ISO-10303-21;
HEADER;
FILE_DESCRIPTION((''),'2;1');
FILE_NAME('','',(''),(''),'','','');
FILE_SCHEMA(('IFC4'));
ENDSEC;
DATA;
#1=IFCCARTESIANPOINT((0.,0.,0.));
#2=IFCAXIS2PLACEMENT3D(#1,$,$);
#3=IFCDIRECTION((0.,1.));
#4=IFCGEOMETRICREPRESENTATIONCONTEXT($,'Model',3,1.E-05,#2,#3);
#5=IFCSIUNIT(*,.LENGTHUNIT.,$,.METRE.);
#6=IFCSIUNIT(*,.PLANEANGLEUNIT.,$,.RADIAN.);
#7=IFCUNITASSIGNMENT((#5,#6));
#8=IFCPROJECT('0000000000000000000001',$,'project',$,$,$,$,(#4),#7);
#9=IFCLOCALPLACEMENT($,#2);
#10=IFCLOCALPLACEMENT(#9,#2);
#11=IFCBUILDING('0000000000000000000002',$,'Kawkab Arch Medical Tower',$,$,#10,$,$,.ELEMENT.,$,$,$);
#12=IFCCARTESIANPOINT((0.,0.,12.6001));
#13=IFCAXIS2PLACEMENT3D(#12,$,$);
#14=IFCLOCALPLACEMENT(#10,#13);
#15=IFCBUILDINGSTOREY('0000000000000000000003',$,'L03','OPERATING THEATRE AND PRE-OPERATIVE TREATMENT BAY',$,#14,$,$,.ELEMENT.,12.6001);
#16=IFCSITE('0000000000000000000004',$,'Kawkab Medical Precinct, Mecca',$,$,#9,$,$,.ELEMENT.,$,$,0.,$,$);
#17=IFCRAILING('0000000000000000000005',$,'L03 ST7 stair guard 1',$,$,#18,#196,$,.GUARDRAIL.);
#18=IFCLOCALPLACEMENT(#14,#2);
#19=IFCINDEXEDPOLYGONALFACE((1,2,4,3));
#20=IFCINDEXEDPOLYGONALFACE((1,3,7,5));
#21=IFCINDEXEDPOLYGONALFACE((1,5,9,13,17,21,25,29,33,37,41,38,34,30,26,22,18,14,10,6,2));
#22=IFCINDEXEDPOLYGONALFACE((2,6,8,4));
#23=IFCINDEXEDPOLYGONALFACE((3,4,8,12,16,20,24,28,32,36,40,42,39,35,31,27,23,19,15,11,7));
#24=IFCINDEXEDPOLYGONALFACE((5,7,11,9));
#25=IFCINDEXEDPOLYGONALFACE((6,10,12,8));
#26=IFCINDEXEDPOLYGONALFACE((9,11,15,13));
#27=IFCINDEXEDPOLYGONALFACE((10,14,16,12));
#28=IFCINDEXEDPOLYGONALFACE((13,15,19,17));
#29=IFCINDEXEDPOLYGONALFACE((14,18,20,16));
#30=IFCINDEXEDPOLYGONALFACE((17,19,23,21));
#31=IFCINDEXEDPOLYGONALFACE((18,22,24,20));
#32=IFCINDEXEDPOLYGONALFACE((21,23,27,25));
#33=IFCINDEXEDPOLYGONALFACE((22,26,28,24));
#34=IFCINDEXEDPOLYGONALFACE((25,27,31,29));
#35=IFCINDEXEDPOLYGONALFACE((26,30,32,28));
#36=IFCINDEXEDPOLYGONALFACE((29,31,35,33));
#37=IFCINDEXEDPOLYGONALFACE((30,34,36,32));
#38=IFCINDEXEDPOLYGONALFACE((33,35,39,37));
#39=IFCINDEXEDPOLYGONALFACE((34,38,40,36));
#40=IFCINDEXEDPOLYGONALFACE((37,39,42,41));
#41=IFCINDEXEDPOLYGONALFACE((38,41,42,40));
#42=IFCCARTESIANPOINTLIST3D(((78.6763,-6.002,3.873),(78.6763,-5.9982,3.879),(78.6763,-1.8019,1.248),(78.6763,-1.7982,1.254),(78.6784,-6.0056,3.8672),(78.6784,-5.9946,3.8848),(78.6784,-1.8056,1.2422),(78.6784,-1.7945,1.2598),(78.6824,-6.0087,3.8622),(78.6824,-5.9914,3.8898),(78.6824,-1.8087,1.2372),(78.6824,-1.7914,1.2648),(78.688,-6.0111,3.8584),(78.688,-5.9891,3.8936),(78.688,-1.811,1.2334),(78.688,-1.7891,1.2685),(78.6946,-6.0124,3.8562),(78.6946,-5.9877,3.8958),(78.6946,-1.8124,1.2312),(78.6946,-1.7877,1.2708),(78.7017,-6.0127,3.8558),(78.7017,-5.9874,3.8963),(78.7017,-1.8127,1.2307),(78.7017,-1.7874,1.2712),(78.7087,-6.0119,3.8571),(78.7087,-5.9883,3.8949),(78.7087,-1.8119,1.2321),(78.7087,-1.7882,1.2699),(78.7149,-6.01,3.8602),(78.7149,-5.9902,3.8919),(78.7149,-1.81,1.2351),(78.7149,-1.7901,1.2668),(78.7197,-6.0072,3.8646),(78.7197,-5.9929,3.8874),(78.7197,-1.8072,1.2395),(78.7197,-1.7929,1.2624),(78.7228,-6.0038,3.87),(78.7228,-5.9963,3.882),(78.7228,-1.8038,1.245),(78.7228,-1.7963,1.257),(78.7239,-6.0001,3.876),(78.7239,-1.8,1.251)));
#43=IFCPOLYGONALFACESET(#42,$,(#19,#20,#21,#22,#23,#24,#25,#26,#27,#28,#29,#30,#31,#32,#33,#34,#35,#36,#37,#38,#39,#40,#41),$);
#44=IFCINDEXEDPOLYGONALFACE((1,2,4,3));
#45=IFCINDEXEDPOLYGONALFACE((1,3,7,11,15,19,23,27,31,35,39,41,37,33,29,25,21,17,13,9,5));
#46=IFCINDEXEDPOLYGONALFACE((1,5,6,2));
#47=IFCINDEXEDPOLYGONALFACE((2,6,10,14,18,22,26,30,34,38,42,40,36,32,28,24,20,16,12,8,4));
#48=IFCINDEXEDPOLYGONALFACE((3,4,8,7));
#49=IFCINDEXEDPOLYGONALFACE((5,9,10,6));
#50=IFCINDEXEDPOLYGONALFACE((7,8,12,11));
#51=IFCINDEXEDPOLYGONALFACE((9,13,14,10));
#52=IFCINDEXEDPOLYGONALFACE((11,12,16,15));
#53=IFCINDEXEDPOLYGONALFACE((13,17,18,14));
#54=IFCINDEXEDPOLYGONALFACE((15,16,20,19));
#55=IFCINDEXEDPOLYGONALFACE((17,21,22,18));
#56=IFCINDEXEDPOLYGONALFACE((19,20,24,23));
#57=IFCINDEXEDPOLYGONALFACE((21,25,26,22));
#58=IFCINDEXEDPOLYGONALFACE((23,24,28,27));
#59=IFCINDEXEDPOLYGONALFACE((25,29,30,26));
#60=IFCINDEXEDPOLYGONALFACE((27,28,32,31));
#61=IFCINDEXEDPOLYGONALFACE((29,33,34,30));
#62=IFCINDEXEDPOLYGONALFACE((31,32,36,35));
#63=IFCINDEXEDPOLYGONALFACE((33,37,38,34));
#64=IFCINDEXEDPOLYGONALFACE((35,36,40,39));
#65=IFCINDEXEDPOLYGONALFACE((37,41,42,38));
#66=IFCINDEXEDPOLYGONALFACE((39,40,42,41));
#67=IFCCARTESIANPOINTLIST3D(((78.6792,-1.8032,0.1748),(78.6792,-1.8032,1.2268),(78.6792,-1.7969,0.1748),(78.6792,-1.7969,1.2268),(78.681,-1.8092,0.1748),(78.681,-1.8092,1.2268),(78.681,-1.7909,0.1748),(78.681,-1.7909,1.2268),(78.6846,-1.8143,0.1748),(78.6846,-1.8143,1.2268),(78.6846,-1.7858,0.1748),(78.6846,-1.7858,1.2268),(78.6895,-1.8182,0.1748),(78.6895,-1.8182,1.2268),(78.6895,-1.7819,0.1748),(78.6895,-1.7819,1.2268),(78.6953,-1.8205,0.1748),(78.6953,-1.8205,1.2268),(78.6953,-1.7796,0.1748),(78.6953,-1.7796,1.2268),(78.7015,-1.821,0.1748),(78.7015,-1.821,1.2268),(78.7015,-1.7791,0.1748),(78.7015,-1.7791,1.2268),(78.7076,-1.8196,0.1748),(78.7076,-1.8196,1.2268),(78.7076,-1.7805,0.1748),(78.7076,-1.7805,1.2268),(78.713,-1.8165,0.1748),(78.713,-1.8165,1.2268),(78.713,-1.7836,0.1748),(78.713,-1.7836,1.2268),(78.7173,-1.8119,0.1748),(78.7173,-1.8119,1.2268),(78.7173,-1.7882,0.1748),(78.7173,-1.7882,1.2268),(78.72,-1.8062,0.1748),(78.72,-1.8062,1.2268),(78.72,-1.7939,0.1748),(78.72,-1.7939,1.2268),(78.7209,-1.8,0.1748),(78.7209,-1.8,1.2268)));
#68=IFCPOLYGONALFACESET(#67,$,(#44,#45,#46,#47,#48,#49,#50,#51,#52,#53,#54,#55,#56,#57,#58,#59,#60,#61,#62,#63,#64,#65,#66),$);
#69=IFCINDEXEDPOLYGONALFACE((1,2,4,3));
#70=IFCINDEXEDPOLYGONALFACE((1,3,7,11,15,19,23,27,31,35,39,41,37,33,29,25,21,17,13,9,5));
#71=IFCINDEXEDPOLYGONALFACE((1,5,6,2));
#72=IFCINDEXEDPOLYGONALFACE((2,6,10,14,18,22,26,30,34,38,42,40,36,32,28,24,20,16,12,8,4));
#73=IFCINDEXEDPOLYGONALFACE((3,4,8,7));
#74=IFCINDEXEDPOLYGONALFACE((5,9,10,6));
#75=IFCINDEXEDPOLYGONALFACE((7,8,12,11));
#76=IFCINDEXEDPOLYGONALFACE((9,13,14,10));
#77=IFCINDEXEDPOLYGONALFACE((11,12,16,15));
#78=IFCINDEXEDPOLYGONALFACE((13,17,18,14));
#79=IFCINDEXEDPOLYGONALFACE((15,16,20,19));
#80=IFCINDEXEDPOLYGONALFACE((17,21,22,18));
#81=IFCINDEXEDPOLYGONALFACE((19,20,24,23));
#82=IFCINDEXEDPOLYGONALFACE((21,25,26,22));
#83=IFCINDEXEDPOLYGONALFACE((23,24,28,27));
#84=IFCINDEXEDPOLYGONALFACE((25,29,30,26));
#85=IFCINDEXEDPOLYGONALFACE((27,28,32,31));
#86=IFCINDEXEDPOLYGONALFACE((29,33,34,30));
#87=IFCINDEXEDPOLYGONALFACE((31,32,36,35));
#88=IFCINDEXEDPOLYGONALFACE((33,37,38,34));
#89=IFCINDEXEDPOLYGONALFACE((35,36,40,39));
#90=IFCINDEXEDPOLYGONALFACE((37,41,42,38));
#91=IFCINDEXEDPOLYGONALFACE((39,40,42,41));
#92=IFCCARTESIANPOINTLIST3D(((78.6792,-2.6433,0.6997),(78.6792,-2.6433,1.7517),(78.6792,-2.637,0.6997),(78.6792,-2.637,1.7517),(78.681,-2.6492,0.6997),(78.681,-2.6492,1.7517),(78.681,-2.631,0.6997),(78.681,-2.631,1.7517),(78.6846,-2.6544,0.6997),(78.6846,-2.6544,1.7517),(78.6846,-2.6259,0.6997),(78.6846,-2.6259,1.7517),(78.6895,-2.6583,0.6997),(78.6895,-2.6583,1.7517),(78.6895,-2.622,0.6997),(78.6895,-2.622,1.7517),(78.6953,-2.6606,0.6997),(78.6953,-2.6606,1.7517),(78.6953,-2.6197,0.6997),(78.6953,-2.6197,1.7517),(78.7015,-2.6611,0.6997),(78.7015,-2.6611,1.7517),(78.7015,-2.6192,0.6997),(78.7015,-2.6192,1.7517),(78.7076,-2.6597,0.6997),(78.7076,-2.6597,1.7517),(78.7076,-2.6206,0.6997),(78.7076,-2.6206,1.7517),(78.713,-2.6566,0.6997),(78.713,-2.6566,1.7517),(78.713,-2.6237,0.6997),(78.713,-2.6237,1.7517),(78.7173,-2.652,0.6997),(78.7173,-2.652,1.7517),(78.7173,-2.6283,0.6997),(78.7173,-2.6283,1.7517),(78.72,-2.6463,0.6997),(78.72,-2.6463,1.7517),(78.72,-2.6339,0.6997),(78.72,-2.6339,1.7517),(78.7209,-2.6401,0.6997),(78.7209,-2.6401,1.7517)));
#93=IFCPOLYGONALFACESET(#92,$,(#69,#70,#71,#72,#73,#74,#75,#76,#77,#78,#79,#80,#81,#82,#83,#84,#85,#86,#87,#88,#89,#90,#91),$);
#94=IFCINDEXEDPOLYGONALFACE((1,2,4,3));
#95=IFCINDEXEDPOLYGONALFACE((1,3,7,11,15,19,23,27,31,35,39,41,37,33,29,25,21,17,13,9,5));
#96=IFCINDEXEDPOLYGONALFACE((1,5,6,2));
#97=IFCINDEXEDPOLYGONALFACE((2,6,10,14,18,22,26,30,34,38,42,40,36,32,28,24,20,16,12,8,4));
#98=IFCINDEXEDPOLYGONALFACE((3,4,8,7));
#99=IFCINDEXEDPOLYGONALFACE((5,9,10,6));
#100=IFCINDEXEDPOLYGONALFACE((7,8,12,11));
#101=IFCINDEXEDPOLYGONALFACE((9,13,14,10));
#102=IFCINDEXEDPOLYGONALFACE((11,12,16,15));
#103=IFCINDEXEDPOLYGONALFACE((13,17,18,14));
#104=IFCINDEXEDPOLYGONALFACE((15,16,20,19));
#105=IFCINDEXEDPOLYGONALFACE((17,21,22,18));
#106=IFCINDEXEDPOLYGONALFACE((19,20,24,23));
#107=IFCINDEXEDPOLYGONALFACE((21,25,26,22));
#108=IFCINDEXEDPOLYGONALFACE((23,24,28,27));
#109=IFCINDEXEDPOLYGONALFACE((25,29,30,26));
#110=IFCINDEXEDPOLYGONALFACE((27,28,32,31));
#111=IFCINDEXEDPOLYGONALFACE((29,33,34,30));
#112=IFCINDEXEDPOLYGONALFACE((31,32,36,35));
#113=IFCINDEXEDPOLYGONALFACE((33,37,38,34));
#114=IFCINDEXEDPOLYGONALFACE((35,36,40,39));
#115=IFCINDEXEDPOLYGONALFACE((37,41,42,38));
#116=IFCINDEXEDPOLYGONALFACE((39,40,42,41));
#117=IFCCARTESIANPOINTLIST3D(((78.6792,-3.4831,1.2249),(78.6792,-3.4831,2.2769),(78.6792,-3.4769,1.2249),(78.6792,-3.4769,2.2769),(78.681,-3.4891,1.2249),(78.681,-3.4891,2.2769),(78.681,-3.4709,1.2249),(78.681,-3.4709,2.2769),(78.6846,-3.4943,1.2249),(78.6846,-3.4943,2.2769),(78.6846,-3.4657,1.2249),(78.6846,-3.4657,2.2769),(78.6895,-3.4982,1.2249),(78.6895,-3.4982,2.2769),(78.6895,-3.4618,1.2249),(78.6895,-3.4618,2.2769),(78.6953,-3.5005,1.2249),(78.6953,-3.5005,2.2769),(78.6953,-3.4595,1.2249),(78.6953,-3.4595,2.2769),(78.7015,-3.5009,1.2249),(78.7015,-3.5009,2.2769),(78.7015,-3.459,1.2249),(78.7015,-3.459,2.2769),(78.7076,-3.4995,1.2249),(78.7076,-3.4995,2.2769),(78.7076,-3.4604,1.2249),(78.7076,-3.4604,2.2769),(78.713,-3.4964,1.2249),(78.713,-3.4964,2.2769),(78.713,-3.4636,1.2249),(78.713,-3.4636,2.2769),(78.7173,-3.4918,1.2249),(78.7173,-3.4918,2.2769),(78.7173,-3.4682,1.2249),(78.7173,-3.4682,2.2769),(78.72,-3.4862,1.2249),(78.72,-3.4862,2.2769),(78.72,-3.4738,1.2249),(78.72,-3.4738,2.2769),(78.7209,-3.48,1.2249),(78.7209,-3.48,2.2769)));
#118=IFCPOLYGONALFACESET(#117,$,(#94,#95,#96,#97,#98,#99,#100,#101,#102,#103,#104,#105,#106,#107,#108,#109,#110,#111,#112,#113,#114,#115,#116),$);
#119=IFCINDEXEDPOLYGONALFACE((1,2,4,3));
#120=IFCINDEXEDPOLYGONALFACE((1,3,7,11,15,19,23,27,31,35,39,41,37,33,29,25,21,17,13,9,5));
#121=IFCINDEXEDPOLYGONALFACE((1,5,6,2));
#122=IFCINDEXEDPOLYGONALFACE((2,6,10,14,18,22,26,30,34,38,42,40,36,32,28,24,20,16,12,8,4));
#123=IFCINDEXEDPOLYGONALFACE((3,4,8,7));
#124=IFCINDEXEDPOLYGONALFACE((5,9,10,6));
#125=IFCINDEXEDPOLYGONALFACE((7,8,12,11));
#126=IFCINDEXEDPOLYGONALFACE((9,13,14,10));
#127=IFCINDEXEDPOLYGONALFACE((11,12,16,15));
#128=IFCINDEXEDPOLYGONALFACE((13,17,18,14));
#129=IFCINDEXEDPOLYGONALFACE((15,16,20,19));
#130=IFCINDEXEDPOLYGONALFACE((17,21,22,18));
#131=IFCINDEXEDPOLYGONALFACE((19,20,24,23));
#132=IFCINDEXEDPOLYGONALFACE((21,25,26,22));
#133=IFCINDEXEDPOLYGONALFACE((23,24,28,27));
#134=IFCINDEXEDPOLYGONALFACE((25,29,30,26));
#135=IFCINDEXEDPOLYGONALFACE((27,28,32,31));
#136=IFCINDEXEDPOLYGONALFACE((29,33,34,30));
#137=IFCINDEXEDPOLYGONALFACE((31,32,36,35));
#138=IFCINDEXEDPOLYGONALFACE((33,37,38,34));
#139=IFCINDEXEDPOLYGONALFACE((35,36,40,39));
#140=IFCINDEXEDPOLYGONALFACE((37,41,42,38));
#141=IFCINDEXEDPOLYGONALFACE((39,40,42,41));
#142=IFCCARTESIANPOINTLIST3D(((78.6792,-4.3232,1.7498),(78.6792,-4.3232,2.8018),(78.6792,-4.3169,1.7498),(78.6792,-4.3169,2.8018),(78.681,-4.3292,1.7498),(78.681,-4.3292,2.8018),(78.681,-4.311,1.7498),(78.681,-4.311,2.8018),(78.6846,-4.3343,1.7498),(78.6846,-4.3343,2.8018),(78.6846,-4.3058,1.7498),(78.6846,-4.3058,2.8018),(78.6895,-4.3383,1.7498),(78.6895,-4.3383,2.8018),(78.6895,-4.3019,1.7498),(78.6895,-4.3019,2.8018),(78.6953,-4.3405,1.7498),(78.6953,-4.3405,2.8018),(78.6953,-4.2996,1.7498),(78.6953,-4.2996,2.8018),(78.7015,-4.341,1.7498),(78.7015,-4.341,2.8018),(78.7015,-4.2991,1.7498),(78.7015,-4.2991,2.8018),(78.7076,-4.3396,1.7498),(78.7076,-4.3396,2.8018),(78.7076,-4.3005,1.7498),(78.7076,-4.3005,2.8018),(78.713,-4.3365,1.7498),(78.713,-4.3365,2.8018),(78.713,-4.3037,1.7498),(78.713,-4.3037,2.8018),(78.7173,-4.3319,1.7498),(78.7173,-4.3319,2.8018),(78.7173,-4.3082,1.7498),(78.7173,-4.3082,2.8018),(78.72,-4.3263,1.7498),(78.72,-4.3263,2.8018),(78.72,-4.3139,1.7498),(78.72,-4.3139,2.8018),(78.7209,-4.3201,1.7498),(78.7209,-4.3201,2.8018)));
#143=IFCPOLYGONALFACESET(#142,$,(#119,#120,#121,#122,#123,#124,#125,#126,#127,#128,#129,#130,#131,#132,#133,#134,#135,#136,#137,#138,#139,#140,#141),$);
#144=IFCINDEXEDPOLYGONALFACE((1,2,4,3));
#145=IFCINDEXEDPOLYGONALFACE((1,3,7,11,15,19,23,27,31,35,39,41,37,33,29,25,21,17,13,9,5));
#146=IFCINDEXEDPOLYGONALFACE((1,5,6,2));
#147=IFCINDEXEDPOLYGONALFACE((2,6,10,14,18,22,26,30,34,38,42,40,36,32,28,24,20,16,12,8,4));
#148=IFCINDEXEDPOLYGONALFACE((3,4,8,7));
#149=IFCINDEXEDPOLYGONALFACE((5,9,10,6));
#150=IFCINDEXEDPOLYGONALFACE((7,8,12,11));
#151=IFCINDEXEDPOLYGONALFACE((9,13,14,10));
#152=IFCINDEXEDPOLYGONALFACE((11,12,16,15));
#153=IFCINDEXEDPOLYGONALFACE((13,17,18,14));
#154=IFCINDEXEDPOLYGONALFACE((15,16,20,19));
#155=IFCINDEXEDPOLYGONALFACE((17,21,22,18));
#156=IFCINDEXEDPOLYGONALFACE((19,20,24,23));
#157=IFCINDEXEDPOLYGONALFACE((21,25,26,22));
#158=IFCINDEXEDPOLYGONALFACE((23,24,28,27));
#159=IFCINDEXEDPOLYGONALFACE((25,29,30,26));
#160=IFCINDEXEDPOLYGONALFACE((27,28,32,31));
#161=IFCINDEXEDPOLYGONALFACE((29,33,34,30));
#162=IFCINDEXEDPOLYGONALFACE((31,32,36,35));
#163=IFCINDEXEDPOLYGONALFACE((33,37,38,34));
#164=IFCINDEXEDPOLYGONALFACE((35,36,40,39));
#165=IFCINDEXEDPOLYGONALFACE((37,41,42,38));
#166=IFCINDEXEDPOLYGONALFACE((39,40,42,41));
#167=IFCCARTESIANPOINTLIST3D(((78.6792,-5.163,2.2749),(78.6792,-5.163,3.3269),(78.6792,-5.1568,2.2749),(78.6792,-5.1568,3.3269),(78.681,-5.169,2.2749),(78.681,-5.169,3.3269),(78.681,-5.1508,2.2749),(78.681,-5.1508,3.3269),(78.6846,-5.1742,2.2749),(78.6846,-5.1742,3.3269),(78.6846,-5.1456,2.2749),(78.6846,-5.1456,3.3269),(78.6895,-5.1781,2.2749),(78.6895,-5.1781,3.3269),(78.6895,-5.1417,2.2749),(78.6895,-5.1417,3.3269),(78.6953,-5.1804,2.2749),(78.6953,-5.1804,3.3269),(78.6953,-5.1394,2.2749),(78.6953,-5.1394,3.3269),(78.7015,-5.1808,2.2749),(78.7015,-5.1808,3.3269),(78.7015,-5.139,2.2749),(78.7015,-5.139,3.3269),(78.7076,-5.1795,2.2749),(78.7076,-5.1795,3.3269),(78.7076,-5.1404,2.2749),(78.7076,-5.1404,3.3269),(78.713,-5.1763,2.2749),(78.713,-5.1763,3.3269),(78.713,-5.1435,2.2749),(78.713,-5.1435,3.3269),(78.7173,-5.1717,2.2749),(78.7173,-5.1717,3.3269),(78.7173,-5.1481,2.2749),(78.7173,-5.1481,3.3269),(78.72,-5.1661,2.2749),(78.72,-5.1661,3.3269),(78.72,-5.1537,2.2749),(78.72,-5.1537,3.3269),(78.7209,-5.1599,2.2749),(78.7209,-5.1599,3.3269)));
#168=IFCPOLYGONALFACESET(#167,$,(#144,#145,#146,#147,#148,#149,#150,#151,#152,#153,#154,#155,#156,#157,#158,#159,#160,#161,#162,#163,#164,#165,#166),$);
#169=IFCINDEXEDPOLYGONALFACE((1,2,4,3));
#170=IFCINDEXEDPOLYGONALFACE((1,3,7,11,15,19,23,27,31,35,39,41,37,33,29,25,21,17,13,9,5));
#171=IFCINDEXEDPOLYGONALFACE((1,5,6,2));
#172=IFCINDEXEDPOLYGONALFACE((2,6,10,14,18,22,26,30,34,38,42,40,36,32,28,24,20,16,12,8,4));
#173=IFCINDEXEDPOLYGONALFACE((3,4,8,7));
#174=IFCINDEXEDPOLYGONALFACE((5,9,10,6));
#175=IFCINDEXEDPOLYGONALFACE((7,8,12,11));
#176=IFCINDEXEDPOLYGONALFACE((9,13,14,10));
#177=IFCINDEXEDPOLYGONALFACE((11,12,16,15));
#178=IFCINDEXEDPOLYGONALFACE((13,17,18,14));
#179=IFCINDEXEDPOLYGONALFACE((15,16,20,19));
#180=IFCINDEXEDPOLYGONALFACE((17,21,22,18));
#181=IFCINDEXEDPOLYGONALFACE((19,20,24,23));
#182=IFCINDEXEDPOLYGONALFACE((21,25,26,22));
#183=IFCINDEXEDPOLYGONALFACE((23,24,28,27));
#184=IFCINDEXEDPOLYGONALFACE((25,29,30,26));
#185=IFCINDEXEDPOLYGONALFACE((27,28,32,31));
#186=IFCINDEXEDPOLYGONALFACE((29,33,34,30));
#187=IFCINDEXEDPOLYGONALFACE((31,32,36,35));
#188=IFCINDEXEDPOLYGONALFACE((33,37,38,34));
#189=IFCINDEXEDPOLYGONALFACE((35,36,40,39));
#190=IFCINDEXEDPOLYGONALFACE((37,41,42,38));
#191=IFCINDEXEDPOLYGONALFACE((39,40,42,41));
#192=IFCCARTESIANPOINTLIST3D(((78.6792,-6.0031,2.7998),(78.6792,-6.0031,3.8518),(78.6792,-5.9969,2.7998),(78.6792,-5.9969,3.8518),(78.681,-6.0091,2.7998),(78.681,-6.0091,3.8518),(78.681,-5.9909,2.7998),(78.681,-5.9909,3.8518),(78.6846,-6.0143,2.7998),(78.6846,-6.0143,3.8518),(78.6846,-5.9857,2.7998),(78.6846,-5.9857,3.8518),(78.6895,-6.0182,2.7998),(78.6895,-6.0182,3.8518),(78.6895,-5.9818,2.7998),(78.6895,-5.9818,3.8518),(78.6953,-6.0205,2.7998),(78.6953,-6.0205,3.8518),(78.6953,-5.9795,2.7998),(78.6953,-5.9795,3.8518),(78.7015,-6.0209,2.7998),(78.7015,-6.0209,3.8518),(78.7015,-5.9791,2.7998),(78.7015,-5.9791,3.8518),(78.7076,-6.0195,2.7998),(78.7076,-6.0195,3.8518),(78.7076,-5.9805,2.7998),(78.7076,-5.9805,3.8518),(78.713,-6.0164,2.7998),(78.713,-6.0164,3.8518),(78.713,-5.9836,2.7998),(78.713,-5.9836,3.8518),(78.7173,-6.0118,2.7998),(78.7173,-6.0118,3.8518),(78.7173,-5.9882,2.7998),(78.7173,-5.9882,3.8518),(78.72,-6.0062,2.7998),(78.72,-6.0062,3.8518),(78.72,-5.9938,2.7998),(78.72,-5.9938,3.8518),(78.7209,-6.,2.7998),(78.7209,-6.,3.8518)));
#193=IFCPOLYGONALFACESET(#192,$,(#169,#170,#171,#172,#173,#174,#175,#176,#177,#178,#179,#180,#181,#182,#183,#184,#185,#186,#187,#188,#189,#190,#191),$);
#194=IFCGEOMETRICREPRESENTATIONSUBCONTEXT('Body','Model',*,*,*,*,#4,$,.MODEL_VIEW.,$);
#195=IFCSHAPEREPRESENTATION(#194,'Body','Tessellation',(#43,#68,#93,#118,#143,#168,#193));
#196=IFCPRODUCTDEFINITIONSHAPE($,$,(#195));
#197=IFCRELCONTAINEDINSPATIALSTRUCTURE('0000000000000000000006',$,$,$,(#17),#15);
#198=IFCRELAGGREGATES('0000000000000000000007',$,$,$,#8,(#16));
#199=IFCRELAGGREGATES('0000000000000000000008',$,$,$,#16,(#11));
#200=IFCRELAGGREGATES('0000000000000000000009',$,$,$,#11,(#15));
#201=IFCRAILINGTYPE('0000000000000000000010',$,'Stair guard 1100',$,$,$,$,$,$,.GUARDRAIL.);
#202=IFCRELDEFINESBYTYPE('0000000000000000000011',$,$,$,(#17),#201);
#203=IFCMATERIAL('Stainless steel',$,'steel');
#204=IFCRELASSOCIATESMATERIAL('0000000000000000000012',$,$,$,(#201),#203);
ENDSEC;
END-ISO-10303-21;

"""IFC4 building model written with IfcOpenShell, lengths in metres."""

from ifc_helpers import new_model, si_unit, direction, frame, origin, origin_2d, place, context, subcontext, project, spatial, circle, extrude, material, type_object, element, save


model = new_model("IFC4")

# Units and contexts
model_context = context("Model", 3, precision=1e-05, world=origin(), true_north=direction((0.0, 1.0)))
body_context = subcontext(model_context, "Body", "Model", "MODEL_VIEW")
ifc_project = project(units=[si_unit("LENGTHUNIT", "METRE"), si_unit("PLANEANGLEUNIT", "RADIAN")], contexts=[model_context])

# Site, building, storey
site_placement = place(None, origin())
site = spatial("IfcSite", under=ifc_project, at=site_placement, Name="Kawkab Medical Precinct, Mecca", CompositionType="ELEMENT", RefElevation=0.0)
building_placement = place(site_placement, origin())
building = spatial("IfcBuilding", under=site, at=building_placement, Name="Kawkab Arch Medical Tower", CompositionType="ELEMENT")
storey_placement = place(building_placement, frame((0.0, 0.0, 12.6001)))
storey = spatial("IfcBuildingStorey", under=building, at=storey_placement, Name="L03", Description="OPERATING THEATRE AND PRE-OPERATIVE TREATMENT BAY", CompositionType="ELEMENT", Elevation=12.6001)

# Railing
ifc_material_1 = material(Name="Stainless steel", Category="steel")
railing_type = type_object("IfcRailingType", Name="Stair guard 1100", PredefinedType="GUARDRAIL", material=ifc_material_1)
railing_1_placement = place(storey_placement, frame((78.7, -1.8, 0.1748)))
element("IfcRailing", 1, at=railing_1_placement, inside=storey, type_object=railing_type, Name="L03 ST7 stair guard 1", PredefinedType="GUARDRAIL", context=body_context, shape_type="SweptSolid", body=[
    extrude(circle(Radius=0.0239, at=origin_2d()), frame((0.0, 0.0, 1.0762), z_axis=(0.0, -0.847996, 0.530003), x_axis=(1.0, 0.0, 0.0)), (0.0, 0.0, 1.0), 4.9529),
    extrude(circle(Radius=0.021, at=origin_2d()), origin(), (0.0, 0.0, 1.0), 1.052),
    extrude(circle(Radius=0.021, at=origin_2d()), frame((0.0, -0.8401, 0.5249)), (0.0, 0.0, 1.0), 1.052),
    extrude(circle(Radius=0.021, at=origin_2d()), frame((0.0, -1.6799, 1.05)), (0.0, 0.0, 1.0), 1.052),
    extrude(circle(Radius=0.021, at=origin_2d()), frame((0.0, -2.52, 1.575)), (0.0, 0.0, 1.0), 1.052),
    extrude(circle(Radius=0.021, at=origin_2d()), frame((0.0, -3.3599, 2.1001)), (0.0, 0.0, 1.0), 1.052),
    extrude(circle(Radius=0.021, at=origin_2d()), frame((0.0, -4.2, 2.625)), (0.0, 0.0, 1.0), 1.052),
])

save(model, "model.ifc")
